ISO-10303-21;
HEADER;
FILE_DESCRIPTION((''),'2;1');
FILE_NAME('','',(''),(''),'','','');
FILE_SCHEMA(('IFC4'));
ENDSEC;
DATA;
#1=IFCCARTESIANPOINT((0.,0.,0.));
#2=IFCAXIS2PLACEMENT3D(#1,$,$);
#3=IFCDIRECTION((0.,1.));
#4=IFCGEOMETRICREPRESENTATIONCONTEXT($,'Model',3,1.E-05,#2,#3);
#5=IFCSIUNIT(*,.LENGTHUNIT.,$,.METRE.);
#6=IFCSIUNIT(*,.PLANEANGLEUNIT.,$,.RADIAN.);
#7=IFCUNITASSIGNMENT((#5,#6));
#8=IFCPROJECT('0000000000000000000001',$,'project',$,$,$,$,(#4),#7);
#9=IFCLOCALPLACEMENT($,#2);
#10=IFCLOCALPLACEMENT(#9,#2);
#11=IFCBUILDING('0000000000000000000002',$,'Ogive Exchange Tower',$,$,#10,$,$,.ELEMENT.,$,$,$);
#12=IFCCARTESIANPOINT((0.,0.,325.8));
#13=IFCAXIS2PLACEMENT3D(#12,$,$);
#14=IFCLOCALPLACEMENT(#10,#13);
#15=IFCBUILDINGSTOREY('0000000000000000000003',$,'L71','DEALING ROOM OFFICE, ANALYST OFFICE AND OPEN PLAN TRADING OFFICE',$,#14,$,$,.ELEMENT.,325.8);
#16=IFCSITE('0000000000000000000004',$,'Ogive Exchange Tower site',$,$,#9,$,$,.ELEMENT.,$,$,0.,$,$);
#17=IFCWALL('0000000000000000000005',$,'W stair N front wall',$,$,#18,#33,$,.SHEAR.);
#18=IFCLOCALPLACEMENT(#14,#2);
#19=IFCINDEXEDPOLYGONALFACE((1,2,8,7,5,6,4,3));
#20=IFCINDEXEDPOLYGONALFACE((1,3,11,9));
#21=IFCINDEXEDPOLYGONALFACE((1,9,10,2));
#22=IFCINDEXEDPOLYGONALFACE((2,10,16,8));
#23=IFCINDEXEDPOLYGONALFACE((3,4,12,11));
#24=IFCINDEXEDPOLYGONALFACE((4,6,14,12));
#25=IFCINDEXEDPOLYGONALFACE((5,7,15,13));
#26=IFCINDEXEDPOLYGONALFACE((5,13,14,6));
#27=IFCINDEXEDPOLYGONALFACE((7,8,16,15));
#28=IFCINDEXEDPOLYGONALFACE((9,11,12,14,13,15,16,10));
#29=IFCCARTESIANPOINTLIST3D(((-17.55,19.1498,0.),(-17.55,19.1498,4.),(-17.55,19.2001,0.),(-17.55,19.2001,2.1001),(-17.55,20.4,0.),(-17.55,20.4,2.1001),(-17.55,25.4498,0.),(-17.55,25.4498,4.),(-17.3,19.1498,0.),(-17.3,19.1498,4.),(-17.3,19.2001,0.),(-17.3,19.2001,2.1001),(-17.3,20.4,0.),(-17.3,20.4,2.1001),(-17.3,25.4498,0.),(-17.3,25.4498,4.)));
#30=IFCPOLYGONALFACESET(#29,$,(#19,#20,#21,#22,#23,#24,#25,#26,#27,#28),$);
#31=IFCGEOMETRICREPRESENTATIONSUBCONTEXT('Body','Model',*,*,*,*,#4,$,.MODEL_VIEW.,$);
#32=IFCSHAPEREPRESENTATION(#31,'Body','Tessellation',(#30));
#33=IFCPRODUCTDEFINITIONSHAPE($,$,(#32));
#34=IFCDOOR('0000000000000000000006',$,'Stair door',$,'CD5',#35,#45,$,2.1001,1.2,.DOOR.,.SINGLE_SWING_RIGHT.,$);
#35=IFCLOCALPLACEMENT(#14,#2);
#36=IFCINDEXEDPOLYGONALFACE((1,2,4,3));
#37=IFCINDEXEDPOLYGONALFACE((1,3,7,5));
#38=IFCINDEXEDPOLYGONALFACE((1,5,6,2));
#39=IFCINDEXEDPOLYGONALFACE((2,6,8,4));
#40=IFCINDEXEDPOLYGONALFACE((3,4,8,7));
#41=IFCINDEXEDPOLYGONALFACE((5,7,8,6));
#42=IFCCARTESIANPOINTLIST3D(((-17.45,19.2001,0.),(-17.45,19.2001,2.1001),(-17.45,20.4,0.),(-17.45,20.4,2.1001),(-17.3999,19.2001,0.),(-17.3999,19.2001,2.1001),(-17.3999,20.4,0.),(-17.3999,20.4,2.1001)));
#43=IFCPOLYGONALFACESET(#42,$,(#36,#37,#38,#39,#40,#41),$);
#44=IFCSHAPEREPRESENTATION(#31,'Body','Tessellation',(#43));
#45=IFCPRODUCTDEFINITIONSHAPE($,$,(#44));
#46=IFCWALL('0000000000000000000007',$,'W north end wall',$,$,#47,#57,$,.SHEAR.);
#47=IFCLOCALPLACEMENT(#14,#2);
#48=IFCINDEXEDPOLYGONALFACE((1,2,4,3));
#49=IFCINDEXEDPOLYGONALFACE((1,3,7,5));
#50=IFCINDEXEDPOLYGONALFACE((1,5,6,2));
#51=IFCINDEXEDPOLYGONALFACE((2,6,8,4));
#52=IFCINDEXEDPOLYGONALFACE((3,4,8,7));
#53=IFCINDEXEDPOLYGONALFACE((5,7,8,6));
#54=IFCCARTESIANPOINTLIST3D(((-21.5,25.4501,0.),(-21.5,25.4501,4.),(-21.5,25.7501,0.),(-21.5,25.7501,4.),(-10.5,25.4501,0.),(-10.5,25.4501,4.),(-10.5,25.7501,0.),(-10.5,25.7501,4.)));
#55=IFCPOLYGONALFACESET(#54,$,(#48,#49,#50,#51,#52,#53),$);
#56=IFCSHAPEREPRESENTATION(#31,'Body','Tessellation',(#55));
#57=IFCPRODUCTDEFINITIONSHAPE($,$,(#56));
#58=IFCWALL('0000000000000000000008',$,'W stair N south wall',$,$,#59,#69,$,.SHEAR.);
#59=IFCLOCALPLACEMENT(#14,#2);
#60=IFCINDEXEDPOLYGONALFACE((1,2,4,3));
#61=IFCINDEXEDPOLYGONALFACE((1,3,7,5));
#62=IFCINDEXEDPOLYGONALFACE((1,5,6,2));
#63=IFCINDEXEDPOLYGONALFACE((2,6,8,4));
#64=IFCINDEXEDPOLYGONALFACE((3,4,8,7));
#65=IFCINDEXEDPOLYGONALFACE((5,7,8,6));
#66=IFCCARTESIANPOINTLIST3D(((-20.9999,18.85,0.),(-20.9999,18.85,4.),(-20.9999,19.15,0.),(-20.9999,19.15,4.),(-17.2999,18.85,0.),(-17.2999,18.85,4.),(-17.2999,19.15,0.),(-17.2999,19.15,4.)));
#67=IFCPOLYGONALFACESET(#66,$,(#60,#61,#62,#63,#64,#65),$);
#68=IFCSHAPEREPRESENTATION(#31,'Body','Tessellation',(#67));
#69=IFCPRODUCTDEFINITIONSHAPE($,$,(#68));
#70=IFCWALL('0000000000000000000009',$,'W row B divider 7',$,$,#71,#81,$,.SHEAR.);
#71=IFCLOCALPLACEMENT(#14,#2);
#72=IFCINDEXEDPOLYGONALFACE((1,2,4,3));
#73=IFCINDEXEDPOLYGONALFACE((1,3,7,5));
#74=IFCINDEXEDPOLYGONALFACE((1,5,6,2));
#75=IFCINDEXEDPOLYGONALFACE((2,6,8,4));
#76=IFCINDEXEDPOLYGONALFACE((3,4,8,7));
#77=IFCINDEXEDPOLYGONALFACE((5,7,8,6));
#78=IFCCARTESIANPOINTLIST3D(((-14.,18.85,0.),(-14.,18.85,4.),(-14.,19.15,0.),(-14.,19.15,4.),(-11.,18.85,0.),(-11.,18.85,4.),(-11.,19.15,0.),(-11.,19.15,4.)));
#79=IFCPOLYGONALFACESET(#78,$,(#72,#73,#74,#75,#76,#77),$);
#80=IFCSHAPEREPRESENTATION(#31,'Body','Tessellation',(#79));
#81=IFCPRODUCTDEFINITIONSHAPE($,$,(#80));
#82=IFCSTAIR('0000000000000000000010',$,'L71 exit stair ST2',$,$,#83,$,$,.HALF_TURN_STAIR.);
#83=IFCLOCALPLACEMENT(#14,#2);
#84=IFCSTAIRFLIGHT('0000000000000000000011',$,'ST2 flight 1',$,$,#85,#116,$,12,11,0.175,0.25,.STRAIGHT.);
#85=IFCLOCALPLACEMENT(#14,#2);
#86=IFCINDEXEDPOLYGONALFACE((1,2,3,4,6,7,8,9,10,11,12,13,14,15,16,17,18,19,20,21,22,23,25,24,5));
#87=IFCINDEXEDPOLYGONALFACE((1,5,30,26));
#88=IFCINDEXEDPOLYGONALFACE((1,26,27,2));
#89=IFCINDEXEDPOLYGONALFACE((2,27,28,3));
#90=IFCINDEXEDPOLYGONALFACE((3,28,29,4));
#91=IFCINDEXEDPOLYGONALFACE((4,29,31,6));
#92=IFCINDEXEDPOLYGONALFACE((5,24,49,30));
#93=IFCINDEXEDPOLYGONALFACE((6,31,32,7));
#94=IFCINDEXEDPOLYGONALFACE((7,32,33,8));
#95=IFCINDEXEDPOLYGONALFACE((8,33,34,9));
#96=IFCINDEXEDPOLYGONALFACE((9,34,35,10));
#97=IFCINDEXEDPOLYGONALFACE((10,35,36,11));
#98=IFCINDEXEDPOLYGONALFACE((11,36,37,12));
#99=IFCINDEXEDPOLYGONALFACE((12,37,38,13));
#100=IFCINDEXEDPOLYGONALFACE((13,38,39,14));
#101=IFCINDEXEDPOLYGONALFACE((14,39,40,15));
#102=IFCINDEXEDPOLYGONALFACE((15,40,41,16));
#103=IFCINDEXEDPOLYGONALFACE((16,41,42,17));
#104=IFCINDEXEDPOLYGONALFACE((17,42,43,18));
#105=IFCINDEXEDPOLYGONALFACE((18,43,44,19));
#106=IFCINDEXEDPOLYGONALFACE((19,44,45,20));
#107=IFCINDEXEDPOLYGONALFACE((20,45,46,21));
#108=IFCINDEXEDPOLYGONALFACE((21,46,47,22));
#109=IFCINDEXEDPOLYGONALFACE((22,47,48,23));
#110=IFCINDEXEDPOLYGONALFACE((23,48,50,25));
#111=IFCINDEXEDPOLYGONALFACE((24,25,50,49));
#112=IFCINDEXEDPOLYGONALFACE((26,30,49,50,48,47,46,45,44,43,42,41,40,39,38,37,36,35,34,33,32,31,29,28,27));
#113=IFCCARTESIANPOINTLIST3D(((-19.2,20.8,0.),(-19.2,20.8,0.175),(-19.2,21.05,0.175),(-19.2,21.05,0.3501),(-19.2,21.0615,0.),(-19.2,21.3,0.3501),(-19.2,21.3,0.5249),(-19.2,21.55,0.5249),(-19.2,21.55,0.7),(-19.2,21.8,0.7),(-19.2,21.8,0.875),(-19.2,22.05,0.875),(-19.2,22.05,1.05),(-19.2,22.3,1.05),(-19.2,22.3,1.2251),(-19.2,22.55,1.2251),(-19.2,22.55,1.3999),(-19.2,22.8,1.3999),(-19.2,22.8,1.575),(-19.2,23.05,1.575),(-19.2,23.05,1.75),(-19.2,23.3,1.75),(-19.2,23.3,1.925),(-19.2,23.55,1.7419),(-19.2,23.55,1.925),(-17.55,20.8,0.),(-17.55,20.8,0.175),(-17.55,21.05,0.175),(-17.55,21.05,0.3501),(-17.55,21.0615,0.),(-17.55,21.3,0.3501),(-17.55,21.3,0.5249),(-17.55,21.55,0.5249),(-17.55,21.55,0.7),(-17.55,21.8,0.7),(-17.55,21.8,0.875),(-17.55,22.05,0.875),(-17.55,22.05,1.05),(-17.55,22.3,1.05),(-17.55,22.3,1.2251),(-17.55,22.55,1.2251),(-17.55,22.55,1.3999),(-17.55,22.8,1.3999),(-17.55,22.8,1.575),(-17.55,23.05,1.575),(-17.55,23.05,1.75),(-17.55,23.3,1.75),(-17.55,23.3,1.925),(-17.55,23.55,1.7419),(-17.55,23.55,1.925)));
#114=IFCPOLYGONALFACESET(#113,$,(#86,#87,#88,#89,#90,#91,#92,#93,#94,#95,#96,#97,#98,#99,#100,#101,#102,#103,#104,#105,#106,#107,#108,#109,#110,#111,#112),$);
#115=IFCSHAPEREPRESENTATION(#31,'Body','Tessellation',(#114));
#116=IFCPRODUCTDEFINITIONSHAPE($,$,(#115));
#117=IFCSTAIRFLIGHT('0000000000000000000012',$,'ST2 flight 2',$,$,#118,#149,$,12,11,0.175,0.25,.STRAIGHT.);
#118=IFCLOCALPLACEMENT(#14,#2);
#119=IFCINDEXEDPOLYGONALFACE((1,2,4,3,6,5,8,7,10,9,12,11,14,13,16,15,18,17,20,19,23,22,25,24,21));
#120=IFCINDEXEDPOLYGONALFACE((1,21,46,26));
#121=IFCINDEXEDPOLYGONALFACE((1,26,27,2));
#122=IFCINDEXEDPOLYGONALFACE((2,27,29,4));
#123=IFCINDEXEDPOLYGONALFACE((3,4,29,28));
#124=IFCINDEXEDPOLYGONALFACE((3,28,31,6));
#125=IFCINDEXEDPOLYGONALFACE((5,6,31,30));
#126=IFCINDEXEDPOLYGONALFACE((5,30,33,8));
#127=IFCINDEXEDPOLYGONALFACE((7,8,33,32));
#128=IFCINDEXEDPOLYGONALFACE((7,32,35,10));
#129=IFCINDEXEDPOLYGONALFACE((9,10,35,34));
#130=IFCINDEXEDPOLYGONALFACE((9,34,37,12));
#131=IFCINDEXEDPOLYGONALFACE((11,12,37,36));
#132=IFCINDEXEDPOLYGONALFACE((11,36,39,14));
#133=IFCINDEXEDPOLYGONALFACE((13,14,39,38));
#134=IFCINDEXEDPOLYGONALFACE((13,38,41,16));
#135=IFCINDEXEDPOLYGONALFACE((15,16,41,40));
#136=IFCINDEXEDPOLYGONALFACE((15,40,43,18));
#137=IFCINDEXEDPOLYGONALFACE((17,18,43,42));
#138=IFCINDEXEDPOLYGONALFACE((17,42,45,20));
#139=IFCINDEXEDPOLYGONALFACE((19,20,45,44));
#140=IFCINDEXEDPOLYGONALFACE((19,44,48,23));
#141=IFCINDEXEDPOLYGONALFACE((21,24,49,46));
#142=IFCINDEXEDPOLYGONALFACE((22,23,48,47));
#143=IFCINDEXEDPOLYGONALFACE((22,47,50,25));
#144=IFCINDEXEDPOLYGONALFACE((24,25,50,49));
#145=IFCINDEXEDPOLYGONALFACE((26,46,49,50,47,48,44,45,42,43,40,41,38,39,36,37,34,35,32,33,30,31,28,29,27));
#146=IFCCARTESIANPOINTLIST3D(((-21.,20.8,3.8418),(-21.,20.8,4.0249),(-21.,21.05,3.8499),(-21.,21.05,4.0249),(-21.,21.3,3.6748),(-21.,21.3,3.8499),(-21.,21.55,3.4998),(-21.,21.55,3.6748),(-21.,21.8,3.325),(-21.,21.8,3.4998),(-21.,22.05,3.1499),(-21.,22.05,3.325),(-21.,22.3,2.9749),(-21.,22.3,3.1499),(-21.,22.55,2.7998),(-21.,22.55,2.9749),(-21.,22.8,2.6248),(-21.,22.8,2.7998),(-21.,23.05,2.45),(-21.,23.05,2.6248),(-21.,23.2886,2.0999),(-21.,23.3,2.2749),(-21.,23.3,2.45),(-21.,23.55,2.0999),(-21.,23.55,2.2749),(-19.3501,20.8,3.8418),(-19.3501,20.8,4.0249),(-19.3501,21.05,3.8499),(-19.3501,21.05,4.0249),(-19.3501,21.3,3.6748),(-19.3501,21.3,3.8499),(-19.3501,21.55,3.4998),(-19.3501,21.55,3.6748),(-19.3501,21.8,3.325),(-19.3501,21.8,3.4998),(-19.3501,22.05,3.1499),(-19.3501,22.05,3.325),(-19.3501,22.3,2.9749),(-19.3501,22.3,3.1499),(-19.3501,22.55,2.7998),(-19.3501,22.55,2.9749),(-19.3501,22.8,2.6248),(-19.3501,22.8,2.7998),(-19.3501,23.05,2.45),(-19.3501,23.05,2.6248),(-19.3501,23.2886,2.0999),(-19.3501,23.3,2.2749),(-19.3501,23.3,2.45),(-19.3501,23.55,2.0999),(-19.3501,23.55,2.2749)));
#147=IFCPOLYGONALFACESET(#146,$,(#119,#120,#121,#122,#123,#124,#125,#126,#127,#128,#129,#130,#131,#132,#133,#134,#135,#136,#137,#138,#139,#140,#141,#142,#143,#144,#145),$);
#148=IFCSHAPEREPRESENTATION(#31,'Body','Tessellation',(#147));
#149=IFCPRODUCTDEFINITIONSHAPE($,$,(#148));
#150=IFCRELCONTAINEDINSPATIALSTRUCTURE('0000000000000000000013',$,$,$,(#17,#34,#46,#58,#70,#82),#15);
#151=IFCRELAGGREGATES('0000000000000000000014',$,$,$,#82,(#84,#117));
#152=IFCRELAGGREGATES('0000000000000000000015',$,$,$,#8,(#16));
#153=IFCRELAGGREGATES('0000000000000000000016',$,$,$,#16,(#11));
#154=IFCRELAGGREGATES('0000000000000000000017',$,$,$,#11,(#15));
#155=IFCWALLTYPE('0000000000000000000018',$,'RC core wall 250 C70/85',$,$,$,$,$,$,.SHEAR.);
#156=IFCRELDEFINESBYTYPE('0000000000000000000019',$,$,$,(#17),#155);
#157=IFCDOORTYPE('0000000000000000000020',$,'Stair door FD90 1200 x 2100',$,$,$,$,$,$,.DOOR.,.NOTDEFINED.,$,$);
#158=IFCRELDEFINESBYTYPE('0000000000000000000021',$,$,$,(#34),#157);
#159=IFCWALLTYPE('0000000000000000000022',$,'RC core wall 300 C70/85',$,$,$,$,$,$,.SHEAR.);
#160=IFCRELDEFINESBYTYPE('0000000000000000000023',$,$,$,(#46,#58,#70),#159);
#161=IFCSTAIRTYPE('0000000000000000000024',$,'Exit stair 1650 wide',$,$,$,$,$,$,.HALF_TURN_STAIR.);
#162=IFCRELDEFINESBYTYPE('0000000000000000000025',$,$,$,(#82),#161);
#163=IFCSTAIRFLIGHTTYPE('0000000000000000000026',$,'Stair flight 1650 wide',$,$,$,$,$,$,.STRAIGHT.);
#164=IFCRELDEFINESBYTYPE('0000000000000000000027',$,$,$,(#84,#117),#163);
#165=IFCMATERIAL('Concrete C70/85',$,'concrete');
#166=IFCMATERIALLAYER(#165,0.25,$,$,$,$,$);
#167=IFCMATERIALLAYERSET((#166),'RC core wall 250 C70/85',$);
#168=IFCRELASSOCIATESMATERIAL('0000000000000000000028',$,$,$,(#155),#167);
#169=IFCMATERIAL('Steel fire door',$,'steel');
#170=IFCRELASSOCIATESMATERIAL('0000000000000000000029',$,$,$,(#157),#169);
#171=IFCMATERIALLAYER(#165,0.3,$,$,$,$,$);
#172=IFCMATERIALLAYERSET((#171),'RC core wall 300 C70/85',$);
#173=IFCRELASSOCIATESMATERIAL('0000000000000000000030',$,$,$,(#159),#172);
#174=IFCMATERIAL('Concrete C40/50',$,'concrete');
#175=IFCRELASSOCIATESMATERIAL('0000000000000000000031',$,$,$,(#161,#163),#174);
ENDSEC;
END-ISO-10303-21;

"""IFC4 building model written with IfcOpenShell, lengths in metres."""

from ifc_helpers import new_model, si_unit, direction, frame, frame_2d, origin, place, context, subcontext, project, spatial, polyline, rectangle, outline, extrude, material, layer, layer_set, type_object, element, fill, aggregate, save


model = new_model("IFC4")

# Units and contexts
model_context = context("Model", 3, precision=1e-05, world=origin(), true_north=direction((0.0, 1.0)))
body_context = subcontext(model_context, "Body", "Model", "MODEL_VIEW")
ifc_project = project(units=[si_unit("LENGTHUNIT", "METRE"), si_unit("PLANEANGLEUNIT", "RADIAN")], contexts=[model_context])

# Site, building, storey
site_placement = place(None, origin())
site = spatial("IfcSite", under=ifc_project, at=site_placement, Name="Ogive Exchange Tower site", CompositionType="ELEMENT", RefElevation=0.0)
building_placement = place(site_placement, origin())
building = spatial("IfcBuilding", under=site, at=building_placement, Name="Ogive Exchange Tower", CompositionType="ELEMENT")
storey_placement = place(building_placement, frame((0.0, 0.0, 325.8)))
storey = spatial("IfcBuildingStorey", under=building, at=storey_placement, Name="L71", Description="DEALING ROOM OFFICE, ANALYST OFFICE AND OPEN PLAN TRADING OFFICE", CompositionType="ELEMENT", Elevation=325.8)

# Wall, opening, door
ifc_material_1 = material(Name="Concrete C70/85", Category="concrete")
ifc_material_2 = material(Name="Steel fire door", Category="steel")
ifc_layer_1 = layer(ifc_material_1, 0.25)
ifc_layer_set_1 = layer_set([ifc_layer_1], Name="RC core wall 250 C70/85")
wall_type_1 = type_object("IfcWallType", Name="RC core wall 250 C70/85", PredefinedType="SHEAR", material=ifc_layer_set_1)
wall_1_placement = place(storey_placement, frame((-17.425, 19.1499, 0.0), z_axis=(0.0, 0.0, 1.0), x_axis=(0.0, 1.0, 0.0)))
wall_1 = element("IfcWall", 1, at=wall_1_placement, inside=storey, type_object=wall_type_1, Name="W stair N front wall", PredefinedType="SHEAR", context=body_context, shape_type="SweptSolid", body=[
    extrude(rectangle(XDim=6.3, YDim=0.25, at=frame_2d((3.1499, 0.0))), origin(), (0.0, 0.0, 1.0), 4.0),
])
opening_1_placement = place(wall_1_placement, frame((0.05, 0.0, 0.0)))
opening_1 = element("IfcOpeningElement", 2, at=opening_1_placement, cuts=wall_1, PredefinedType="OPENING", context=body_context, shape_type="SweptSolid", body=[
    extrude(rectangle(XDim=1.2, YDim=2.1001, at=frame_2d((0.6001, 1.05))), frame((0.0, 0.135, 0.0), z_axis=(0.0, -1.0, 0.0), x_axis=(1.0, 0.0, 0.0)), (0.0, 0.0, 1.0), 0.27),
])
door_type_1 = type_object("IfcDoorType", Name="Stair door FD90 1200 x 2100", OperationType="NOTDEFINED", PredefinedType="DOOR", material=ifc_material_2)
door_1_placement = place(opening_1_placement, origin())
door_1 = element("IfcDoor", 3, at=door_1_placement, inside=storey, type_object=door_type_1, Name="Stair door", ObjectType="CD5", OperationType="SINGLE_SWING_RIGHT", OverallHeight=2.1001, OverallWidth=1.2, PredefinedType="DOOR", context=body_context, shape_type="SweptSolid", body=[
    extrude(rectangle(XDim=1.2, YDim=2.1001, at=frame_2d((0.6001, 1.05))), frame((0.0, 0.0249, 0.0), z_axis=(0.0, -1.0, 0.0), x_axis=(1.0, 0.0, 0.0)), (0.0, 0.0, 1.0), 0.05),
])
fill(opening_1, door_1)

# Walls
ifc_layer_2 = layer(ifc_material_1, 0.3)
ifc_layer_set_2 = layer_set([ifc_layer_2], Name="RC core wall 300 C70/85")
wall_type_2 = type_object("IfcWallType", Name="RC core wall 300 C70/85", PredefinedType="SHEAR", material=ifc_layer_set_2)
wall_2_placement = place(storey_placement, frame((-21.5, 25.6001, 0.0), z_axis=(0.0, 0.0, 1.0), x_axis=(1.0, 0.0, 0.0)))
element("IfcWall", 4, at=wall_2_placement, inside=storey, type_object=wall_type_2, Name="W north end wall", PredefinedType="SHEAR", context=body_context, shape_type="SweptSolid", body=[
    extrude(rectangle(XDim=11.0, YDim=0.3, at=frame_2d((5.5, 0.0))), origin(), (0.0, 0.0, 1.0), 4.0),
])
wall_3_placement = place(storey_placement, frame((-21.0, 19.0, 0.0), z_axis=(0.0, 0.0, 1.0), x_axis=(1.0, 0.0, 0.0)))
element("IfcWall", 5, at=wall_3_placement, inside=storey, type_object=wall_type_2, Name="W stair N south wall", PredefinedType="SHEAR", context=body_context, shape_type="SweptSolid", body=[
    extrude(rectangle(XDim=3.7, YDim=0.3, at=frame_2d((1.8501, 0.0))), origin(), (0.0, 0.0, 1.0), 4.0),
])
wall_4_placement = place(storey_placement, frame((-14.0, 19.0, 0.0), z_axis=(0.0, 0.0, 1.0), x_axis=(1.0, 0.0, 0.0)))
element("IfcWall", 6, at=wall_4_placement, inside=storey, type_object=wall_type_2, Name="W row B divider 7", PredefinedType="SHEAR", context=body_context, shape_type="SweptSolid", body=[
    extrude(rectangle(XDim=3.0, YDim=0.3, at=frame_2d((1.5, 0.0))), origin(), (0.0, 0.0, 1.0), 4.0),
])

# Stair, stair flights
ifc_material_3 = material(Name="Concrete C40/50", Category="concrete")
stair_type = type_object("IfcStairType", Name="Exit stair 1650 wide", PredefinedType="HALF_TURN_STAIR", material=ifc_material_3)
stair_placement = place(storey_placement, origin())
stair = element("IfcStair", 7, at=stair_placement, inside=storey, type_object=stair_type, Name="L71 exit stair ST2", PredefinedType="HALF_TURN_STAIR")
stair_flight_type = type_object("IfcStairFlightType", Name="Stair flight 1650 wide", PredefinedType="STRAIGHT", material=ifc_material_3)
stair_flight_1_placement = place(storey_placement, frame((-18.375, 20.8, 0.0), z_axis=(0.0, 0.0, 1.0), x_axis=(0.0, 1.0, 0.0)))
stair_flight_1 = element("IfcStairFlight", 8, at=stair_flight_1_placement, type_object=stair_flight_type, Name="ST2 flight 1", NumberOfRisers=12, NumberOfTreads=11, PredefinedType="STRAIGHT", RiserHeight=0.175, TreadLength=0.25, context=body_context, shape_type="SweptSolid", body=[
    extrude(outline(polyline([(0.0, 0.0), (0.0, 0.175), (0.25, 0.175), (0.25, 0.3501), (0.5, 0.3501), (0.5, 0.5249), (0.75, 0.5249), (0.75, 0.7), (1.0, 0.7), (1.0, 0.875), (1.25, 0.875), (1.25, 1.05), (1.5, 1.05), (1.5, 1.2251), (1.75, 1.2251), (1.75, 1.3999), (2.0, 1.3999), (2.0, 1.575), (2.25, 1.575), (2.25, 1.75), (2.5, 1.75), (2.5, 1.925), (2.75, 1.925), (2.75, 2.1001), (2.75, 1.7419), (0.2615, 0.0), (0.0, 0.0)])), frame((0.0, 0.825, 0.0), z_axis=(0.0, -1.0, 0.0), x_axis=(1.0, 0.0, 0.0)), (0.0, 0.0, 1.0), 1.6499),
])
stair_flight_2_placement = place(storey_placement, frame((-20.175, 23.55, 2.0999), z_axis=(0.0, 0.0, 1.0), x_axis=(0.0, -1.0, 0.0)))
stair_flight_2 = element("IfcStairFlight", 9, at=stair_flight_2_placement, type_object=stair_flight_type, Name="ST2 flight 2", NumberOfRisers=12, NumberOfTreads=11, PredefinedType="STRAIGHT", RiserHeight=0.175, TreadLength=0.25, context=body_context, shape_type="SweptSolid", body=[
    extrude(outline(polyline([(0.0, 0.0), (0.0, 0.175), (0.25, 0.175), (0.25, 0.3501), (0.5, 0.3501), (0.5, 0.5249), (0.75, 0.5249), (0.75, 0.7), (1.0, 0.7), (1.0, 0.875), (1.25, 0.875), (1.25, 1.05), (1.5, 1.05), (1.5, 1.2251), (1.75, 1.2251), (1.75, 1.3999), (2.0, 1.3999), (2.0, 1.575), (2.25, 1.575), (2.25, 1.75), (2.5, 1.75), (2.5, 1.925), (2.75, 1.925), (2.75, 2.1001), (2.75, 1.7419), (0.2615, 0.0), (0.0, 0.0)])), frame((0.0, 0.825, 0.0), z_axis=(0.0, -1.0, 0.0), x_axis=(1.0, 0.0, 0.0)), (0.0, 0.0, 1.0), 1.6499),
])
aggregate(stair, [stair_flight_1, stair_flight_2])

save(model, "model.ifc")
